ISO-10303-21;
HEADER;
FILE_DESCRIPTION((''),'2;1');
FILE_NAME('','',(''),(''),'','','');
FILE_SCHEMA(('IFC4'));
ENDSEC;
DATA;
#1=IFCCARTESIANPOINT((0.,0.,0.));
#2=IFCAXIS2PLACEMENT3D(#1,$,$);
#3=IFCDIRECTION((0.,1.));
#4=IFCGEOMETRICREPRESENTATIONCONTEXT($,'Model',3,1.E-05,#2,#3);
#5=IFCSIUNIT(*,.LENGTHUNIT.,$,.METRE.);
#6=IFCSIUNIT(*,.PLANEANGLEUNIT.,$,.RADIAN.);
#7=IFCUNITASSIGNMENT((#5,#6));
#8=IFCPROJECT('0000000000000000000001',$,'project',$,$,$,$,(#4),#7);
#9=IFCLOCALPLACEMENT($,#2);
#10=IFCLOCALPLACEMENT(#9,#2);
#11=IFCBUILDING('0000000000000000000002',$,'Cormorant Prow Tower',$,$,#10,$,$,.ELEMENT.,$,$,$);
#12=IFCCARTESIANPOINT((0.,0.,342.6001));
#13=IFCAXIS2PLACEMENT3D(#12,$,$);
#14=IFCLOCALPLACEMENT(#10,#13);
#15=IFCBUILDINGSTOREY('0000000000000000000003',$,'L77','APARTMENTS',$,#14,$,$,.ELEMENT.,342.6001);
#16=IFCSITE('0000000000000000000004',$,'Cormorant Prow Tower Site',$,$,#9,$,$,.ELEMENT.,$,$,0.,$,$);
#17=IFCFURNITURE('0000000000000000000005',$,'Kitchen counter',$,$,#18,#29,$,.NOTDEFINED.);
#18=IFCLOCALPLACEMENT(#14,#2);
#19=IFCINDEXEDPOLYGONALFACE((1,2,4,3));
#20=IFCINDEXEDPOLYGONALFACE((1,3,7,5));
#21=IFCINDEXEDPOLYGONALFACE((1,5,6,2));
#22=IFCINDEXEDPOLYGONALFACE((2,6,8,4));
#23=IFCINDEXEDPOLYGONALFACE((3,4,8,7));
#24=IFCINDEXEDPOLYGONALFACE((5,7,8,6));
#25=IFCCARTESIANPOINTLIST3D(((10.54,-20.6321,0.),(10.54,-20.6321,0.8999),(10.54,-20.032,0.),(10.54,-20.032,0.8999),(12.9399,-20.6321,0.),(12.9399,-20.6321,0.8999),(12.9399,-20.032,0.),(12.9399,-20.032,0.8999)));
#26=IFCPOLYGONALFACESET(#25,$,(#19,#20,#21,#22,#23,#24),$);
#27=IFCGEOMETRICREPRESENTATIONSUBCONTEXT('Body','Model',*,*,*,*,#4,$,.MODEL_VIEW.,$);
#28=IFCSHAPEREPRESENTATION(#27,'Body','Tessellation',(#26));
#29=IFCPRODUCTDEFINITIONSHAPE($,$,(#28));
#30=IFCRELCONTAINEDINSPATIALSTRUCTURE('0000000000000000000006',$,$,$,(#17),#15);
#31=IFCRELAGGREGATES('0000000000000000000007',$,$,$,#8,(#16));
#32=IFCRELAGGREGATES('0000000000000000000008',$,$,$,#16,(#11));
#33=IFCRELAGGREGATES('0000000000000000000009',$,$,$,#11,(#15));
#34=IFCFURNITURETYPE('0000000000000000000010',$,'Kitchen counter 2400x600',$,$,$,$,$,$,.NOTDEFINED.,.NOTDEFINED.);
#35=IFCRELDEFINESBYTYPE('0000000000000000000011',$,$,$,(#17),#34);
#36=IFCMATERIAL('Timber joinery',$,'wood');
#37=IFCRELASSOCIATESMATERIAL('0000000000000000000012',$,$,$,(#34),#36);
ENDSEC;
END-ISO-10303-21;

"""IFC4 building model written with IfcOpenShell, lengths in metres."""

from ifc_helpers import new_model, si_unit, direction, frame, origin, origin_2d, place, context, subcontext, project, spatial, rectangle, extrude, material, type_object, element, save


model = new_model("IFC4")

# Units and contexts
model_context = context("Model", 3, precision=1e-05, world=origin(), true_north=direction((0.0, 1.0)))
body_context = subcontext(model_context, "Body", "Model", "MODEL_VIEW")
ifc_project = project(units=[si_unit("LENGTHUNIT", "METRE"), si_unit("PLANEANGLEUNIT", "RADIAN")], contexts=[model_context])

# Site, building, storey
site_placement = place(None, origin())
site = spatial("IfcSite", under=ifc_project, at=site_placement, Name="Cormorant Prow Tower Site", CompositionType="ELEMENT", RefElevation=0.0)
building_placement = place(site_placement, origin())
building = spatial("IfcBuilding", under=site, at=building_placement, Name="Cormorant Prow Tower", CompositionType="ELEMENT")
storey_placement = place(building_placement, frame((0.0, 0.0, 342.6001)))
storey = spatial("IfcBuildingStorey", under=building, at=storey_placement, Name="L77", Description="APARTMENTS", CompositionType="ELEMENT", Elevation=342.6001)

# Furniture
ifc_material_1 = material(Name="Timber joinery", Category="wood")
furniture_type = type_object("IfcFurnitureType", Name="Kitchen counter 2400x600", AssemblyPlace="NOTDEFINED", PredefinedType="NOTDEFINED", material=ifc_material_1)
furniture_placement = place(storey_placement, frame((11.74, -20.332, 0.0), z_axis=(0.0, 0.0, 1.0), x_axis=(1.0, 0.0, 0.0)))
element("IfcFurniture", 1, at=furniture_placement, inside=storey, type_object=furniture_type, Name="Kitchen counter", PredefinedType="NOTDEFINED", context=body_context, shape_type="SweptSolid", body=[
    extrude(rectangle(XDim=2.3999, YDim=0.6001, at=origin_2d()), origin(), (0.0, 0.0, 1.0), 0.8999),
])

save(model, "model.ifc")
